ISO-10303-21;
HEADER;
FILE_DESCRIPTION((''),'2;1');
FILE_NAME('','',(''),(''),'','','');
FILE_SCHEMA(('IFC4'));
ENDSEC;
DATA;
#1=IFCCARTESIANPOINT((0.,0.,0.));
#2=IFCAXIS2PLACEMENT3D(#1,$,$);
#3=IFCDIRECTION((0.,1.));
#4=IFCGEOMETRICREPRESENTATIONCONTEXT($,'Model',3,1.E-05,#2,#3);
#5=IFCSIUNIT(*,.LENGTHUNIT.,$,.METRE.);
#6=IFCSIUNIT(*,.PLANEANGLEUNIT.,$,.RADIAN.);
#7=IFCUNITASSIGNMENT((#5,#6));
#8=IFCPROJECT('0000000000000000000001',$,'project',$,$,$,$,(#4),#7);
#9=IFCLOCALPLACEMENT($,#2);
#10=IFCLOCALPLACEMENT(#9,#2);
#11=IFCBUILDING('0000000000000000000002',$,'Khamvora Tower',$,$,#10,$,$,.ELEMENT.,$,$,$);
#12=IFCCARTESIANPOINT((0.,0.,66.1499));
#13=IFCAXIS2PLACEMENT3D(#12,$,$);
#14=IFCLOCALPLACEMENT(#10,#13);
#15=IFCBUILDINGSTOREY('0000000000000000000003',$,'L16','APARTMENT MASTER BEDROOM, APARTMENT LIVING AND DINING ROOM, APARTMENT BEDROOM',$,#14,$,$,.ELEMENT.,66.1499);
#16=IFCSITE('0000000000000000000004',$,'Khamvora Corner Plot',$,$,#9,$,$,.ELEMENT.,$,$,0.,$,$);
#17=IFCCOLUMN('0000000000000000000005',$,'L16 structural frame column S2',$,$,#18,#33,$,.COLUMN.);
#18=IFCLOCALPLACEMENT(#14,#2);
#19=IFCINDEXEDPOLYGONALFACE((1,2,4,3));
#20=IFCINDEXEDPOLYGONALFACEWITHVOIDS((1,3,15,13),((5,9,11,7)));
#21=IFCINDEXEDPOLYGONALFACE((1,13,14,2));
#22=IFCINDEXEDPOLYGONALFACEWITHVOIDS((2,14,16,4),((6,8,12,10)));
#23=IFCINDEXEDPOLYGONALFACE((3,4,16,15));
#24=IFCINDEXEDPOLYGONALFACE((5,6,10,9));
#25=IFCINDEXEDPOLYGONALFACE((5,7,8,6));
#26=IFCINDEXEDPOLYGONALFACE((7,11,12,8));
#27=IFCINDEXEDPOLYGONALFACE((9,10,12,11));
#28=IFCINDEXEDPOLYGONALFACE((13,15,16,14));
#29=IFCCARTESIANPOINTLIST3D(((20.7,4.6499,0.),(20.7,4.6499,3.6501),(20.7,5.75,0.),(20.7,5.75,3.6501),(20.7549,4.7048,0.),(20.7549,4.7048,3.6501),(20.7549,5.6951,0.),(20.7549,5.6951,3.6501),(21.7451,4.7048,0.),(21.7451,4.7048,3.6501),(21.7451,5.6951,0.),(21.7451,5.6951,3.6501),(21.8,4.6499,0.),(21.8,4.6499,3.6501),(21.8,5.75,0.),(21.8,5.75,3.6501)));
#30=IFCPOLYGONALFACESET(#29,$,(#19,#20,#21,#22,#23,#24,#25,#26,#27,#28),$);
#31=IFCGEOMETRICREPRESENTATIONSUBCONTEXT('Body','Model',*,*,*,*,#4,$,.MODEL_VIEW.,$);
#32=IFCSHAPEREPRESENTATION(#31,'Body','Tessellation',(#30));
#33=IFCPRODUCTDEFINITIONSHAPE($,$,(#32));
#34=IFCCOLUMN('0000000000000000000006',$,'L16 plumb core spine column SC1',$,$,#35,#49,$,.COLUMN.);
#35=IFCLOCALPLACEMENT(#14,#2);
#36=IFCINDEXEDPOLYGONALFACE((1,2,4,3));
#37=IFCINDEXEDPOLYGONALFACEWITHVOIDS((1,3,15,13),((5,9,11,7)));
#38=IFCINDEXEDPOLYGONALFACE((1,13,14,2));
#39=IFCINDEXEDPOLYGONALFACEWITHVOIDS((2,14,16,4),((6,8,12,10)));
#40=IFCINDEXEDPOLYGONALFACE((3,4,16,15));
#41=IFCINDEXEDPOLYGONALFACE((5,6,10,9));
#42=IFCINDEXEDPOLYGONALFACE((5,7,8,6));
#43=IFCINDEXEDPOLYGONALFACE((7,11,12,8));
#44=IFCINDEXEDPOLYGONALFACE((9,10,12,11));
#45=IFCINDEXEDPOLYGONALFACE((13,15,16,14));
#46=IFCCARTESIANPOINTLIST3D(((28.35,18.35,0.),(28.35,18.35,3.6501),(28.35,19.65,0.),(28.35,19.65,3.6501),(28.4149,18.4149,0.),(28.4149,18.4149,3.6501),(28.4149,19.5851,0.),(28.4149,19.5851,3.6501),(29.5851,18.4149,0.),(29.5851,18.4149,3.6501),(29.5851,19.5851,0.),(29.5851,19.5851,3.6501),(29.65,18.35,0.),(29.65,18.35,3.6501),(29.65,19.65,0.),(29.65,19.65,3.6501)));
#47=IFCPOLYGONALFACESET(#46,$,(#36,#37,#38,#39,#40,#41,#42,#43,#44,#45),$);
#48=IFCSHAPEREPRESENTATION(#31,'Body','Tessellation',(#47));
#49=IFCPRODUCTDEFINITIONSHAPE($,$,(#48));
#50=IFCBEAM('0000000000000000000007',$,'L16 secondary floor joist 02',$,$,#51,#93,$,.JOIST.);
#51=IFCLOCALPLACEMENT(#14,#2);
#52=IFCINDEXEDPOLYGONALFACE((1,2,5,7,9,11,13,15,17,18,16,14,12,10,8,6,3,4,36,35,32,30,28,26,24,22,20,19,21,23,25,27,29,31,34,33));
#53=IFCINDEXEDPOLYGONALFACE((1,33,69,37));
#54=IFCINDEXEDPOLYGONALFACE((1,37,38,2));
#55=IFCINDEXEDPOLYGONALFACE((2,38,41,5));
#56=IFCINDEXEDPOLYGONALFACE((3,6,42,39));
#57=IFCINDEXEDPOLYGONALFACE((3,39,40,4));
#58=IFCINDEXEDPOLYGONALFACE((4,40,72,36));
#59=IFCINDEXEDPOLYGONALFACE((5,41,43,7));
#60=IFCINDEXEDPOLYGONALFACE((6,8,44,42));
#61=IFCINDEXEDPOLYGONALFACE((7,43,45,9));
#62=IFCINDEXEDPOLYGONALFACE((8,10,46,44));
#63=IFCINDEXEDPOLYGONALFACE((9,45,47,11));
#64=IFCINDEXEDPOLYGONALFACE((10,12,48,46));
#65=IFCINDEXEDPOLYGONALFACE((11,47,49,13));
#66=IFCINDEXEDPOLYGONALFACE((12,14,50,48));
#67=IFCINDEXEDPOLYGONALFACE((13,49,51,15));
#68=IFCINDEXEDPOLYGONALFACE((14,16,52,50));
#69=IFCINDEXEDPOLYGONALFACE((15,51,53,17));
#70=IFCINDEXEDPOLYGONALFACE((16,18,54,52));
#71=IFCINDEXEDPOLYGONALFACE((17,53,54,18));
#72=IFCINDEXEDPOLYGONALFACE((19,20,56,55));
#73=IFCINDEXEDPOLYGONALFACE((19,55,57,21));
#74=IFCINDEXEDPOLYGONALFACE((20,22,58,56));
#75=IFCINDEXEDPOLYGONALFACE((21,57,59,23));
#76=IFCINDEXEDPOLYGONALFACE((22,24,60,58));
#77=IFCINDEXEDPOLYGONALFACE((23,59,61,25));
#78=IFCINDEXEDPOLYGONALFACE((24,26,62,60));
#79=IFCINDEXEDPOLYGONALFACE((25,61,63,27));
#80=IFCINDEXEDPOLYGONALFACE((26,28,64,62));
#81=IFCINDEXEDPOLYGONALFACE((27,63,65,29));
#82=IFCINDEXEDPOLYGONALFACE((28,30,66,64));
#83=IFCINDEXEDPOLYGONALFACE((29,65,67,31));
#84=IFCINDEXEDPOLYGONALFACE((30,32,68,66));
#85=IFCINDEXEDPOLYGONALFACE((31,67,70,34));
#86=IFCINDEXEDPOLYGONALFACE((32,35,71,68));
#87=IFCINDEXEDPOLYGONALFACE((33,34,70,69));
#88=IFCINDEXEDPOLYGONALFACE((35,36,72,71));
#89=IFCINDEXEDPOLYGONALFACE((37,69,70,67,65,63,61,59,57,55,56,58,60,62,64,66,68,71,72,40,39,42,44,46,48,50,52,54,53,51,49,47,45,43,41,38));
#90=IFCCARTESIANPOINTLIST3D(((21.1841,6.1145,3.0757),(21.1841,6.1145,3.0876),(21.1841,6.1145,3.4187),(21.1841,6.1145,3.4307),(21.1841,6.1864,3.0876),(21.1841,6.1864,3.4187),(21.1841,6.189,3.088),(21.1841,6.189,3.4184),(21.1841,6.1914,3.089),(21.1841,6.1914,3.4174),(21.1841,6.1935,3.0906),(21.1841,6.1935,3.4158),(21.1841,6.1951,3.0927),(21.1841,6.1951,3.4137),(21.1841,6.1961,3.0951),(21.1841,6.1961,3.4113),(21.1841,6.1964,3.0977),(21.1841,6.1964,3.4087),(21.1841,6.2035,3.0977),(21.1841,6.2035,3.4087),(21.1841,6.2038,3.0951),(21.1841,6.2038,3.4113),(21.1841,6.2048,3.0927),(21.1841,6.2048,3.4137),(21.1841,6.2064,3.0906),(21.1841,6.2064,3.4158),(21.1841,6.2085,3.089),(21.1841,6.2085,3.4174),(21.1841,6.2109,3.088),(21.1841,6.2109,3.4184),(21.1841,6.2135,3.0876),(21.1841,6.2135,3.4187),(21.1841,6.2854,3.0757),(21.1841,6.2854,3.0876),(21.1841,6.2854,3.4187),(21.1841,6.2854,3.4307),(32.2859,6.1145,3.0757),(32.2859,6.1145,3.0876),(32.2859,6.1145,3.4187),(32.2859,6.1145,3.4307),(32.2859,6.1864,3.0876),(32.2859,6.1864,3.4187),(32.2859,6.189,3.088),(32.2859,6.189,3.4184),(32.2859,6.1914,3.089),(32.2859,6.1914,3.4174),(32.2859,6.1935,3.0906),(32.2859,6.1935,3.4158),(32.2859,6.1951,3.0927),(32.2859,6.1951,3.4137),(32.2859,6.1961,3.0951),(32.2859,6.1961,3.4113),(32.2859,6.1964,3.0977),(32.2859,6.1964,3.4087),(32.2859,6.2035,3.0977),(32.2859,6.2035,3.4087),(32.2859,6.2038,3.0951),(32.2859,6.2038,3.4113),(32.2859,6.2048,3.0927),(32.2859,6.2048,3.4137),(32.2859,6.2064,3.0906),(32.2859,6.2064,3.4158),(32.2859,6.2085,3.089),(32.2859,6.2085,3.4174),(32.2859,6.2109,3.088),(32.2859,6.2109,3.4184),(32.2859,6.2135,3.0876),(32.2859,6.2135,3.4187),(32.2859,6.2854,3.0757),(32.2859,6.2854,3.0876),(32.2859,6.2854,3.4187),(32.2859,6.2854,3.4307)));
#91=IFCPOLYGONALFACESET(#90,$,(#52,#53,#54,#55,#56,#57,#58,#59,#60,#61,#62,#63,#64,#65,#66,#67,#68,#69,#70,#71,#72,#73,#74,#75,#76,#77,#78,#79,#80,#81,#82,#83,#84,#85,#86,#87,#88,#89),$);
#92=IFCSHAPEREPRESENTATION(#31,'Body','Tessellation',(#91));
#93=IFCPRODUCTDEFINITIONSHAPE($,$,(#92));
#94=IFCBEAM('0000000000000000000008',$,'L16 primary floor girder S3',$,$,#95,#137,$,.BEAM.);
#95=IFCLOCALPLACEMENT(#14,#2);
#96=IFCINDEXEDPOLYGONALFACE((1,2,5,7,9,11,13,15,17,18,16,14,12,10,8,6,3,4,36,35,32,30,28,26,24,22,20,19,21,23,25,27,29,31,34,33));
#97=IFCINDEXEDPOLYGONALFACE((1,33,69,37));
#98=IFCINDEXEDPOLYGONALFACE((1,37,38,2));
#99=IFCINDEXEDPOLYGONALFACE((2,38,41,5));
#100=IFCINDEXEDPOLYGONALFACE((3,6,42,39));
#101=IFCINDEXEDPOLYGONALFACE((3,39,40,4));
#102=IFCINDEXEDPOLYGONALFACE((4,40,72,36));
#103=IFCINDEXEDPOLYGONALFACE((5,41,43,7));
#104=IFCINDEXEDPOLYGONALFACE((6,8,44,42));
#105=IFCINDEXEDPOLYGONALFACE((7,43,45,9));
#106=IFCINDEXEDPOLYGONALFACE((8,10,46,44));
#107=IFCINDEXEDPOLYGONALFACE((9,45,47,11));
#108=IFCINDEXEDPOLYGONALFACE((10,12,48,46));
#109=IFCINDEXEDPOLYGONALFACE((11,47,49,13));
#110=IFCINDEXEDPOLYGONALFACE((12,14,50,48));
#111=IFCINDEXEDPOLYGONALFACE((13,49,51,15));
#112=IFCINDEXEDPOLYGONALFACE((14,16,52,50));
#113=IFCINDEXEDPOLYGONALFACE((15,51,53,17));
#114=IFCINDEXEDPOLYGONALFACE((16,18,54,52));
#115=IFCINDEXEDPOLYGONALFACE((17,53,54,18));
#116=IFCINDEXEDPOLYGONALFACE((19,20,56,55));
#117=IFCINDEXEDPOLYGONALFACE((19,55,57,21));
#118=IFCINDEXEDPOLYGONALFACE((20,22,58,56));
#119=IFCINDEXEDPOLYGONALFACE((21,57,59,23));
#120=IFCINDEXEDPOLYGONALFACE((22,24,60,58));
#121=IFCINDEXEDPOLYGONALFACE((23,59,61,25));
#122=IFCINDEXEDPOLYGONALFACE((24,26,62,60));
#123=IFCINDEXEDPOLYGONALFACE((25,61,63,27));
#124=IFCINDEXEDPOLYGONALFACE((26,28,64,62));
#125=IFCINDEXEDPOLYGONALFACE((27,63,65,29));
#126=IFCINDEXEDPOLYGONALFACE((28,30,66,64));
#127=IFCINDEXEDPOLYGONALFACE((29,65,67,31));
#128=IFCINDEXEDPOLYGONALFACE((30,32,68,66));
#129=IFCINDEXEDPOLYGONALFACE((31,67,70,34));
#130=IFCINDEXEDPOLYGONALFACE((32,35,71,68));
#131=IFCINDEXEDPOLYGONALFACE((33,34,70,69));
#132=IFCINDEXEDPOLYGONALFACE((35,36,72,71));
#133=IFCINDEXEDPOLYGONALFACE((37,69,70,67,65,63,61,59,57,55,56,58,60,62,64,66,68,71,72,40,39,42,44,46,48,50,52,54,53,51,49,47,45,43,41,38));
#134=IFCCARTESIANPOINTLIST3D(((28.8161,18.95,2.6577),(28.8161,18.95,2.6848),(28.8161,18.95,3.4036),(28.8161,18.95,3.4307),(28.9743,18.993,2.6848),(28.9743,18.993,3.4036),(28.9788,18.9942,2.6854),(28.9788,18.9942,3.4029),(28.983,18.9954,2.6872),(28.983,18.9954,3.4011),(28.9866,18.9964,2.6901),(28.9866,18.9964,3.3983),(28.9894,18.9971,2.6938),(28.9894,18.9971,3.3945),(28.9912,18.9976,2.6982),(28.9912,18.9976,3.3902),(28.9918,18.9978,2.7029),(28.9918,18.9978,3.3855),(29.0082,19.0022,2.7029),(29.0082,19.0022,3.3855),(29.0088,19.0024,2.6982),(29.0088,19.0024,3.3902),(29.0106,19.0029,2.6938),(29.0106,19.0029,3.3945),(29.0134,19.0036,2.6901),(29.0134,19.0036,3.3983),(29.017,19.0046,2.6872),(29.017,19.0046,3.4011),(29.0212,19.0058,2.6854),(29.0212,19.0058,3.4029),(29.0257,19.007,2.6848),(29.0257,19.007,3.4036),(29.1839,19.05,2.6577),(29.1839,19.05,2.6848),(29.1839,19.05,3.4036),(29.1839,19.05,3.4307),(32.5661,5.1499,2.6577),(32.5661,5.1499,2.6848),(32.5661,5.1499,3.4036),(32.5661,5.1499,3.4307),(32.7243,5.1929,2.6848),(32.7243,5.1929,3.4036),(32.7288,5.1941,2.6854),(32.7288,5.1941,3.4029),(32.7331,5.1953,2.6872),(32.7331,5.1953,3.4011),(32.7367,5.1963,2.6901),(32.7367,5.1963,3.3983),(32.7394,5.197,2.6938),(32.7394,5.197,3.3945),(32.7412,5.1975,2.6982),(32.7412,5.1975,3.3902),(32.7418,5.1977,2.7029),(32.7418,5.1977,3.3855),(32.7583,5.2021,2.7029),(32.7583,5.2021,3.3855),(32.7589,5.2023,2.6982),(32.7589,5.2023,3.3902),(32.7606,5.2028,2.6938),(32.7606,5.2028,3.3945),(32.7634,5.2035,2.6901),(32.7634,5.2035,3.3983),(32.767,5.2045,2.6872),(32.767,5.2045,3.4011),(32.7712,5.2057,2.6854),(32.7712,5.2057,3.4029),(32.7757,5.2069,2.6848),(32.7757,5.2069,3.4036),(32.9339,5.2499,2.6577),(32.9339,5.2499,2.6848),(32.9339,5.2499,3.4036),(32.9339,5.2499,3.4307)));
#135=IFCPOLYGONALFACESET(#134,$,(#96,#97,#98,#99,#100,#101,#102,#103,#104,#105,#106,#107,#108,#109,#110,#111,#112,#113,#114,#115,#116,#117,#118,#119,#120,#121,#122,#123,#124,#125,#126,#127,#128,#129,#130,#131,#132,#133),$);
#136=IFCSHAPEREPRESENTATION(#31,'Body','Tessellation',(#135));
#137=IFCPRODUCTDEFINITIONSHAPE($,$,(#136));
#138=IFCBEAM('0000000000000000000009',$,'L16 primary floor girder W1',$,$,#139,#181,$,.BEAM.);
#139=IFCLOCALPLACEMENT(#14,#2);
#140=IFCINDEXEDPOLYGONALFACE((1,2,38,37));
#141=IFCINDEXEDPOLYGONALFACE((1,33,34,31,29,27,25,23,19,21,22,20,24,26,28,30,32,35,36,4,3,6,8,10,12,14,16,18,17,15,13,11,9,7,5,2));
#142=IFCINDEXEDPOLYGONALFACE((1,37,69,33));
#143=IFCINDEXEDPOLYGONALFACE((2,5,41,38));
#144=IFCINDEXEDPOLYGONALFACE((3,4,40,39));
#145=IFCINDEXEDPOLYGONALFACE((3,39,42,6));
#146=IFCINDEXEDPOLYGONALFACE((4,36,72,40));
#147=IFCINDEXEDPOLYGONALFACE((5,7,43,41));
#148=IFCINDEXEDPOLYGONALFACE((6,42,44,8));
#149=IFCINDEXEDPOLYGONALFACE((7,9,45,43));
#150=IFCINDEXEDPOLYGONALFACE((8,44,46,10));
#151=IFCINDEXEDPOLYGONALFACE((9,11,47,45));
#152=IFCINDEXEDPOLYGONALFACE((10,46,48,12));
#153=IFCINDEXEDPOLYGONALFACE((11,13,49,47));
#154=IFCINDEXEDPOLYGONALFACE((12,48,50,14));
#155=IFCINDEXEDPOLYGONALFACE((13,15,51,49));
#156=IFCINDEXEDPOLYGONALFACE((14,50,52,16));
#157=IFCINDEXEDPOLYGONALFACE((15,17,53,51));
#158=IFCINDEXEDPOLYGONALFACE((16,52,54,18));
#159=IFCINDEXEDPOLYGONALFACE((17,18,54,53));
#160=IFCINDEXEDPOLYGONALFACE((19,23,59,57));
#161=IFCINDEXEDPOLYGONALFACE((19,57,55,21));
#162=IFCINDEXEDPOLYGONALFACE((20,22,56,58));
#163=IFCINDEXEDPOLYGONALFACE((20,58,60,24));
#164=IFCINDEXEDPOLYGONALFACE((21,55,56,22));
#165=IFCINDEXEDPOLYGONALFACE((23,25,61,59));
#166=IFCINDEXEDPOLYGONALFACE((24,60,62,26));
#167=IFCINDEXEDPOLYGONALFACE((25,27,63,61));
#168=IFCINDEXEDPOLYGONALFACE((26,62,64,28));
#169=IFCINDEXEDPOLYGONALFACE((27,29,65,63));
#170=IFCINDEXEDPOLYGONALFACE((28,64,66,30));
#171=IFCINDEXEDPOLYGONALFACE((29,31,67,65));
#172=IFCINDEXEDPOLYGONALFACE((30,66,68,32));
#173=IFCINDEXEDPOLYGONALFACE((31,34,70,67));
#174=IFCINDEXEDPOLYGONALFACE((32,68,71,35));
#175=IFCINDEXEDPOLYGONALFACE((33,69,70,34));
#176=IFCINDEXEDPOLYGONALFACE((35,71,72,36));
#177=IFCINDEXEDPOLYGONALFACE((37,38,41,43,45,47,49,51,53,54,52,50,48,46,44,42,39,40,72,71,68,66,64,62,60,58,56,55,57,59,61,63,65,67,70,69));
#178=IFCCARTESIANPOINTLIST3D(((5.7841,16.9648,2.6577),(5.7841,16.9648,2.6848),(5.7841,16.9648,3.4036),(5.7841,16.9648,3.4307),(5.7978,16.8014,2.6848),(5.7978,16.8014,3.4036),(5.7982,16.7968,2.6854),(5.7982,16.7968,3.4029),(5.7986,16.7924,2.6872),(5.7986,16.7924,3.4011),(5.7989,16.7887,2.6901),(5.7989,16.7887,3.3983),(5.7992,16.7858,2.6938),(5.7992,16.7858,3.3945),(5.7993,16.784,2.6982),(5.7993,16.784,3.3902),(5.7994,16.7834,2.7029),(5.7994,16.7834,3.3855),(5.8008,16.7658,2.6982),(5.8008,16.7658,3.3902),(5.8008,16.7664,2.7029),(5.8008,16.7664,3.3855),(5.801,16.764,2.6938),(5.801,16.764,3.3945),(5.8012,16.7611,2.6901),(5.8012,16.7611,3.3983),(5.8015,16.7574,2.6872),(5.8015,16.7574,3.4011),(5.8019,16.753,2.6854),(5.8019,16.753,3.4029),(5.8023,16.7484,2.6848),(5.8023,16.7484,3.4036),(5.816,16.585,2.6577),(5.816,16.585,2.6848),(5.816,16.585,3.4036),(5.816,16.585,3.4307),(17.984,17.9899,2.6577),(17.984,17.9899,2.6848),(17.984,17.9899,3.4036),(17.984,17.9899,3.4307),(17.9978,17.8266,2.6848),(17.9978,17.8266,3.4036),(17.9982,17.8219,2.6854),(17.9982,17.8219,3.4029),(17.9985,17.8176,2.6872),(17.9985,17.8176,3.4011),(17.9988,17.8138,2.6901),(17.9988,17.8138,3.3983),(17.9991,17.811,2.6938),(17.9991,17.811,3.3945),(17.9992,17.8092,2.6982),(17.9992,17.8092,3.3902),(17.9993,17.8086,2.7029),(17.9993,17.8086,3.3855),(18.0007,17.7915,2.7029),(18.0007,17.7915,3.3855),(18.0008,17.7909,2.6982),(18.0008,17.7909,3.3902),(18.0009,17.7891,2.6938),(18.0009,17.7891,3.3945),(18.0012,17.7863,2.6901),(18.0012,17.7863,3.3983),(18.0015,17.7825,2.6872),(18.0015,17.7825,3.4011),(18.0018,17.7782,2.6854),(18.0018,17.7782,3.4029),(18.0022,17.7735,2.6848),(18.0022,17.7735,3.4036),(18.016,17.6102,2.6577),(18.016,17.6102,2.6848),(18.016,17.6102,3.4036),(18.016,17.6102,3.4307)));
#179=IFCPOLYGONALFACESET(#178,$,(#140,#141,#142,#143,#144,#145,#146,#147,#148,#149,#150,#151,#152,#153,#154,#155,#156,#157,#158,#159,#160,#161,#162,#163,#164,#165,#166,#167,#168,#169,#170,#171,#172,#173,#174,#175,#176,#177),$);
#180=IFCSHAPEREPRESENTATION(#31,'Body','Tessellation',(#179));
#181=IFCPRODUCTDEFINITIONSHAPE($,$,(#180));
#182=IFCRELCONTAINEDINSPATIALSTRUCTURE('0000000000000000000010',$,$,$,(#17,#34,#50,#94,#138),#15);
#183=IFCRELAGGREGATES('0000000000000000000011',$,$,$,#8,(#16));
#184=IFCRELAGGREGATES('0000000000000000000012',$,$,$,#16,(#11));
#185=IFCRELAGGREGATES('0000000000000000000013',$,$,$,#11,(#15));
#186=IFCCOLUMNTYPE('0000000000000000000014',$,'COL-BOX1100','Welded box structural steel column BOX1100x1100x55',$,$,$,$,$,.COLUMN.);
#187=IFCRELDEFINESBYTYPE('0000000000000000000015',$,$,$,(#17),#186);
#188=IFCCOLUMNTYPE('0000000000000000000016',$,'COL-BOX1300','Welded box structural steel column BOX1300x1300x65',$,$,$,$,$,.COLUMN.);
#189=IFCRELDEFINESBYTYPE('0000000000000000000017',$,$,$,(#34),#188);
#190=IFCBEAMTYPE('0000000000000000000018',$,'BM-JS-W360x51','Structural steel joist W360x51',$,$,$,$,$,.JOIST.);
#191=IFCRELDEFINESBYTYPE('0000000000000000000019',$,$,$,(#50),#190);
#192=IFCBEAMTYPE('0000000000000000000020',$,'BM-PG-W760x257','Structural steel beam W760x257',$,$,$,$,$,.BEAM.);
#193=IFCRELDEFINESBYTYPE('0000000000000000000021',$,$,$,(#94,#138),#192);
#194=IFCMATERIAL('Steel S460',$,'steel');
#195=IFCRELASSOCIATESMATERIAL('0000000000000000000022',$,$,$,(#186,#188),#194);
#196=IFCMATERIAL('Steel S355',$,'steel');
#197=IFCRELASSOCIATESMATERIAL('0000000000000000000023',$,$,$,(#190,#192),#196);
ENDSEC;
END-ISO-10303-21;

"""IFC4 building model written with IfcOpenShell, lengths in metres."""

from ifc_helpers import new_model, si_unit, direction, frame, origin, origin_2d, place, context, subcontext, project, spatial, hollow_rectangle, i_section, extrude, material, material_profile, profile_set, type_object, element, save


model = new_model("IFC4")

# Units and contexts
model_context = context("Model", 3, precision=1e-05, world=origin(), true_north=direction((0.0, 1.0)))
body_context = subcontext(model_context, "Body", "Model", "MODEL_VIEW")
ifc_project = project(units=[si_unit("LENGTHUNIT", "METRE"), si_unit("PLANEANGLEUNIT", "RADIAN")], contexts=[model_context])

# Site, building, storey
site_placement = place(None, origin())
site = spatial("IfcSite", under=ifc_project, at=site_placement, Name="Khamvora Corner Plot", CompositionType="ELEMENT", RefElevation=0.0)
building_placement = place(site_placement, origin())
building = spatial("IfcBuilding", under=site, at=building_placement, Name="Khamvora Tower", CompositionType="ELEMENT")
storey_placement = place(building_placement, frame((0.0, 0.0, 66.1499)))
storey = spatial("IfcBuildingStorey", under=building, at=storey_placement, Name="L16", Description="APARTMENT MASTER BEDROOM, APARTMENT LIVING AND DINING ROOM, APARTMENT BEDROOM", CompositionType="ELEMENT", Elevation=66.1499)

# Columns
ifc_material_1 = material(Name="Steel S460", Category="steel")
ifc_material_profile_1 = material_profile(ifc_material_1, hollow_rectangle(XDim=1.1001, YDim=1.1001, WallThickness=0.0549, at=origin_2d()), Name="BOX1100x1100x55")
ifc_profile_set_1 = profile_set([ifc_material_profile_1], Name="Steel S460")
column_type_1 = type_object("IfcColumnType", Name="COL-BOX1100", Description="Welded box structural steel column BOX1100x1100x55", PredefinedType="COLUMN", material=ifc_profile_set_1)
column_1_placement = place(storey_placement, frame((21.25, 5.2, 0.0), z_axis=(0.0, 0.0, 1.0), x_axis=(1.0, 0.0, 0.0)))
element("IfcColumn", 1, at=column_1_placement, inside=storey, type_object=column_type_1, Name="L16 structural frame column S2", PredefinedType="COLUMN", context=body_context, shape_type="SweptSolid", body=[
    extrude(hollow_rectangle(XDim=1.1001, YDim=1.1001, WallThickness=0.0549, at=origin_2d()), origin(), (0.0, 0.0, 1.0), 3.6501),
])
ifc_material_profile_2 = material_profile(ifc_material_1, hollow_rectangle(XDim=1.3, YDim=1.3, WallThickness=0.0649, at=origin_2d()), Name="BOX1300x1300x65")
ifc_profile_set_2 = profile_set([ifc_material_profile_2], Name="Steel S460")
column_type_2 = type_object("IfcColumnType", Name="COL-BOX1300", Description="Welded box structural steel column BOX1300x1300x65", PredefinedType="COLUMN", material=ifc_profile_set_2)
column_2_placement = place(storey_placement, frame((29.0, 19.0, 0.0), z_axis=(0.0, 0.0, 1.0), x_axis=(1.0, 0.0, 0.0)))
element("IfcColumn", 2, at=column_2_placement, inside=storey, type_object=column_type_2, Name="L16 plumb core spine column SC1", PredefinedType="COLUMN", context=body_context, shape_type="SweptSolid", body=[
    extrude(hollow_rectangle(XDim=1.3, YDim=1.3, WallThickness=0.0649, at=origin_2d()), origin(), (0.0, 0.0, 1.0), 3.6501),
])

# Beams
ifc_material_2 = material(Name="Steel S355", Category="steel")
ifc_material_profile_3 = material_profile(ifc_material_2, i_section(OverallWidth=0.1709, OverallDepth=0.355, WebThickness=0.0071, FlangeThickness=0.012, FilletRadius=0.01, at=origin_2d()), Name="W360x51")
ifc_profile_set_3 = profile_set([ifc_material_profile_3], Name="Steel S355")
beam_type_1 = type_object("IfcBeamType", Name="BM-JS-W360x51", Description="Structural steel joist W360x51", PredefinedType="JOIST", material=ifc_profile_set_3)
beam_1_placement = place(storey_placement, frame((21.1841, 6.2, 3.2532), z_axis=(1.0, 0.0, 0.0), x_axis=(0.0, 1.0, 0.0)))
element("IfcBeam", 3, at=beam_1_placement, inside=storey, type_object=beam_type_1, Name="L16 secondary floor joist 02", PredefinedType="JOIST", context=body_context, shape_type="SweptSolid", body=[
    extrude(i_section(OverallWidth=0.1709, OverallDepth=0.355, WebThickness=0.0071, FlangeThickness=0.012, FilletRadius=0.01, at=origin_2d()), origin(), (0.0, 0.0, 1.0), 11.1018),
])
ifc_material_profile_4 = material_profile(ifc_material_2, i_section(OverallWidth=0.3811, OverallDepth=0.7729, WebThickness=0.0171, FlangeThickness=0.0271, FilletRadius=0.0181, at=origin_2d()), Name="W760x257")
ifc_profile_set_4 = profile_set([ifc_material_profile_4], Name="Steel S355")
beam_type_2 = type_object("IfcBeamType", Name="BM-PG-W760x257", Description="Structural steel beam W760x257", PredefinedType="BEAM", material=ifc_profile_set_4)
beam_2_placement = place(storey_placement, frame((29.0, 19.0, 3.0442), z_axis=(0.262229, -0.965006, 0.0), x_axis=(0.965006, 0.262229, 0.0)))
element("IfcBeam", 4, at=beam_2_placement, inside=storey, type_object=beam_type_2, Name="L16 primary floor girder S3", PredefinedType="BEAM", context=body_context, shape_type="SweptSolid", body=[
    extrude(i_section(OverallWidth=0.3811, OverallDepth=0.7729, WebThickness=0.0171, FlangeThickness=0.0271, FilletRadius=0.0181, at=origin_2d()), origin(), (0.0, 0.0, 1.0), 14.3005),
])
beam_3_placement = place(storey_placement, frame((18.0, 17.8, 3.0442), z_axis=(-0.996488, -0.083734, 0.0), x_axis=(0.083734, -0.996488, 0.0)))
element("IfcBeam", 5, at=beam_3_placement, inside=storey, type_object=beam_type_2, Name="L16 primary floor girder W1", PredefinedType="BEAM", context=body_context, shape_type="SweptSolid", body=[
    extrude(i_section(OverallWidth=0.3811, OverallDepth=0.7729, WebThickness=0.0171, FlangeThickness=0.0271, FilletRadius=0.0181, at=origin_2d()), origin(), (0.0, 0.0, 1.0), 12.2429),
])

save(model, "model.ifc")
